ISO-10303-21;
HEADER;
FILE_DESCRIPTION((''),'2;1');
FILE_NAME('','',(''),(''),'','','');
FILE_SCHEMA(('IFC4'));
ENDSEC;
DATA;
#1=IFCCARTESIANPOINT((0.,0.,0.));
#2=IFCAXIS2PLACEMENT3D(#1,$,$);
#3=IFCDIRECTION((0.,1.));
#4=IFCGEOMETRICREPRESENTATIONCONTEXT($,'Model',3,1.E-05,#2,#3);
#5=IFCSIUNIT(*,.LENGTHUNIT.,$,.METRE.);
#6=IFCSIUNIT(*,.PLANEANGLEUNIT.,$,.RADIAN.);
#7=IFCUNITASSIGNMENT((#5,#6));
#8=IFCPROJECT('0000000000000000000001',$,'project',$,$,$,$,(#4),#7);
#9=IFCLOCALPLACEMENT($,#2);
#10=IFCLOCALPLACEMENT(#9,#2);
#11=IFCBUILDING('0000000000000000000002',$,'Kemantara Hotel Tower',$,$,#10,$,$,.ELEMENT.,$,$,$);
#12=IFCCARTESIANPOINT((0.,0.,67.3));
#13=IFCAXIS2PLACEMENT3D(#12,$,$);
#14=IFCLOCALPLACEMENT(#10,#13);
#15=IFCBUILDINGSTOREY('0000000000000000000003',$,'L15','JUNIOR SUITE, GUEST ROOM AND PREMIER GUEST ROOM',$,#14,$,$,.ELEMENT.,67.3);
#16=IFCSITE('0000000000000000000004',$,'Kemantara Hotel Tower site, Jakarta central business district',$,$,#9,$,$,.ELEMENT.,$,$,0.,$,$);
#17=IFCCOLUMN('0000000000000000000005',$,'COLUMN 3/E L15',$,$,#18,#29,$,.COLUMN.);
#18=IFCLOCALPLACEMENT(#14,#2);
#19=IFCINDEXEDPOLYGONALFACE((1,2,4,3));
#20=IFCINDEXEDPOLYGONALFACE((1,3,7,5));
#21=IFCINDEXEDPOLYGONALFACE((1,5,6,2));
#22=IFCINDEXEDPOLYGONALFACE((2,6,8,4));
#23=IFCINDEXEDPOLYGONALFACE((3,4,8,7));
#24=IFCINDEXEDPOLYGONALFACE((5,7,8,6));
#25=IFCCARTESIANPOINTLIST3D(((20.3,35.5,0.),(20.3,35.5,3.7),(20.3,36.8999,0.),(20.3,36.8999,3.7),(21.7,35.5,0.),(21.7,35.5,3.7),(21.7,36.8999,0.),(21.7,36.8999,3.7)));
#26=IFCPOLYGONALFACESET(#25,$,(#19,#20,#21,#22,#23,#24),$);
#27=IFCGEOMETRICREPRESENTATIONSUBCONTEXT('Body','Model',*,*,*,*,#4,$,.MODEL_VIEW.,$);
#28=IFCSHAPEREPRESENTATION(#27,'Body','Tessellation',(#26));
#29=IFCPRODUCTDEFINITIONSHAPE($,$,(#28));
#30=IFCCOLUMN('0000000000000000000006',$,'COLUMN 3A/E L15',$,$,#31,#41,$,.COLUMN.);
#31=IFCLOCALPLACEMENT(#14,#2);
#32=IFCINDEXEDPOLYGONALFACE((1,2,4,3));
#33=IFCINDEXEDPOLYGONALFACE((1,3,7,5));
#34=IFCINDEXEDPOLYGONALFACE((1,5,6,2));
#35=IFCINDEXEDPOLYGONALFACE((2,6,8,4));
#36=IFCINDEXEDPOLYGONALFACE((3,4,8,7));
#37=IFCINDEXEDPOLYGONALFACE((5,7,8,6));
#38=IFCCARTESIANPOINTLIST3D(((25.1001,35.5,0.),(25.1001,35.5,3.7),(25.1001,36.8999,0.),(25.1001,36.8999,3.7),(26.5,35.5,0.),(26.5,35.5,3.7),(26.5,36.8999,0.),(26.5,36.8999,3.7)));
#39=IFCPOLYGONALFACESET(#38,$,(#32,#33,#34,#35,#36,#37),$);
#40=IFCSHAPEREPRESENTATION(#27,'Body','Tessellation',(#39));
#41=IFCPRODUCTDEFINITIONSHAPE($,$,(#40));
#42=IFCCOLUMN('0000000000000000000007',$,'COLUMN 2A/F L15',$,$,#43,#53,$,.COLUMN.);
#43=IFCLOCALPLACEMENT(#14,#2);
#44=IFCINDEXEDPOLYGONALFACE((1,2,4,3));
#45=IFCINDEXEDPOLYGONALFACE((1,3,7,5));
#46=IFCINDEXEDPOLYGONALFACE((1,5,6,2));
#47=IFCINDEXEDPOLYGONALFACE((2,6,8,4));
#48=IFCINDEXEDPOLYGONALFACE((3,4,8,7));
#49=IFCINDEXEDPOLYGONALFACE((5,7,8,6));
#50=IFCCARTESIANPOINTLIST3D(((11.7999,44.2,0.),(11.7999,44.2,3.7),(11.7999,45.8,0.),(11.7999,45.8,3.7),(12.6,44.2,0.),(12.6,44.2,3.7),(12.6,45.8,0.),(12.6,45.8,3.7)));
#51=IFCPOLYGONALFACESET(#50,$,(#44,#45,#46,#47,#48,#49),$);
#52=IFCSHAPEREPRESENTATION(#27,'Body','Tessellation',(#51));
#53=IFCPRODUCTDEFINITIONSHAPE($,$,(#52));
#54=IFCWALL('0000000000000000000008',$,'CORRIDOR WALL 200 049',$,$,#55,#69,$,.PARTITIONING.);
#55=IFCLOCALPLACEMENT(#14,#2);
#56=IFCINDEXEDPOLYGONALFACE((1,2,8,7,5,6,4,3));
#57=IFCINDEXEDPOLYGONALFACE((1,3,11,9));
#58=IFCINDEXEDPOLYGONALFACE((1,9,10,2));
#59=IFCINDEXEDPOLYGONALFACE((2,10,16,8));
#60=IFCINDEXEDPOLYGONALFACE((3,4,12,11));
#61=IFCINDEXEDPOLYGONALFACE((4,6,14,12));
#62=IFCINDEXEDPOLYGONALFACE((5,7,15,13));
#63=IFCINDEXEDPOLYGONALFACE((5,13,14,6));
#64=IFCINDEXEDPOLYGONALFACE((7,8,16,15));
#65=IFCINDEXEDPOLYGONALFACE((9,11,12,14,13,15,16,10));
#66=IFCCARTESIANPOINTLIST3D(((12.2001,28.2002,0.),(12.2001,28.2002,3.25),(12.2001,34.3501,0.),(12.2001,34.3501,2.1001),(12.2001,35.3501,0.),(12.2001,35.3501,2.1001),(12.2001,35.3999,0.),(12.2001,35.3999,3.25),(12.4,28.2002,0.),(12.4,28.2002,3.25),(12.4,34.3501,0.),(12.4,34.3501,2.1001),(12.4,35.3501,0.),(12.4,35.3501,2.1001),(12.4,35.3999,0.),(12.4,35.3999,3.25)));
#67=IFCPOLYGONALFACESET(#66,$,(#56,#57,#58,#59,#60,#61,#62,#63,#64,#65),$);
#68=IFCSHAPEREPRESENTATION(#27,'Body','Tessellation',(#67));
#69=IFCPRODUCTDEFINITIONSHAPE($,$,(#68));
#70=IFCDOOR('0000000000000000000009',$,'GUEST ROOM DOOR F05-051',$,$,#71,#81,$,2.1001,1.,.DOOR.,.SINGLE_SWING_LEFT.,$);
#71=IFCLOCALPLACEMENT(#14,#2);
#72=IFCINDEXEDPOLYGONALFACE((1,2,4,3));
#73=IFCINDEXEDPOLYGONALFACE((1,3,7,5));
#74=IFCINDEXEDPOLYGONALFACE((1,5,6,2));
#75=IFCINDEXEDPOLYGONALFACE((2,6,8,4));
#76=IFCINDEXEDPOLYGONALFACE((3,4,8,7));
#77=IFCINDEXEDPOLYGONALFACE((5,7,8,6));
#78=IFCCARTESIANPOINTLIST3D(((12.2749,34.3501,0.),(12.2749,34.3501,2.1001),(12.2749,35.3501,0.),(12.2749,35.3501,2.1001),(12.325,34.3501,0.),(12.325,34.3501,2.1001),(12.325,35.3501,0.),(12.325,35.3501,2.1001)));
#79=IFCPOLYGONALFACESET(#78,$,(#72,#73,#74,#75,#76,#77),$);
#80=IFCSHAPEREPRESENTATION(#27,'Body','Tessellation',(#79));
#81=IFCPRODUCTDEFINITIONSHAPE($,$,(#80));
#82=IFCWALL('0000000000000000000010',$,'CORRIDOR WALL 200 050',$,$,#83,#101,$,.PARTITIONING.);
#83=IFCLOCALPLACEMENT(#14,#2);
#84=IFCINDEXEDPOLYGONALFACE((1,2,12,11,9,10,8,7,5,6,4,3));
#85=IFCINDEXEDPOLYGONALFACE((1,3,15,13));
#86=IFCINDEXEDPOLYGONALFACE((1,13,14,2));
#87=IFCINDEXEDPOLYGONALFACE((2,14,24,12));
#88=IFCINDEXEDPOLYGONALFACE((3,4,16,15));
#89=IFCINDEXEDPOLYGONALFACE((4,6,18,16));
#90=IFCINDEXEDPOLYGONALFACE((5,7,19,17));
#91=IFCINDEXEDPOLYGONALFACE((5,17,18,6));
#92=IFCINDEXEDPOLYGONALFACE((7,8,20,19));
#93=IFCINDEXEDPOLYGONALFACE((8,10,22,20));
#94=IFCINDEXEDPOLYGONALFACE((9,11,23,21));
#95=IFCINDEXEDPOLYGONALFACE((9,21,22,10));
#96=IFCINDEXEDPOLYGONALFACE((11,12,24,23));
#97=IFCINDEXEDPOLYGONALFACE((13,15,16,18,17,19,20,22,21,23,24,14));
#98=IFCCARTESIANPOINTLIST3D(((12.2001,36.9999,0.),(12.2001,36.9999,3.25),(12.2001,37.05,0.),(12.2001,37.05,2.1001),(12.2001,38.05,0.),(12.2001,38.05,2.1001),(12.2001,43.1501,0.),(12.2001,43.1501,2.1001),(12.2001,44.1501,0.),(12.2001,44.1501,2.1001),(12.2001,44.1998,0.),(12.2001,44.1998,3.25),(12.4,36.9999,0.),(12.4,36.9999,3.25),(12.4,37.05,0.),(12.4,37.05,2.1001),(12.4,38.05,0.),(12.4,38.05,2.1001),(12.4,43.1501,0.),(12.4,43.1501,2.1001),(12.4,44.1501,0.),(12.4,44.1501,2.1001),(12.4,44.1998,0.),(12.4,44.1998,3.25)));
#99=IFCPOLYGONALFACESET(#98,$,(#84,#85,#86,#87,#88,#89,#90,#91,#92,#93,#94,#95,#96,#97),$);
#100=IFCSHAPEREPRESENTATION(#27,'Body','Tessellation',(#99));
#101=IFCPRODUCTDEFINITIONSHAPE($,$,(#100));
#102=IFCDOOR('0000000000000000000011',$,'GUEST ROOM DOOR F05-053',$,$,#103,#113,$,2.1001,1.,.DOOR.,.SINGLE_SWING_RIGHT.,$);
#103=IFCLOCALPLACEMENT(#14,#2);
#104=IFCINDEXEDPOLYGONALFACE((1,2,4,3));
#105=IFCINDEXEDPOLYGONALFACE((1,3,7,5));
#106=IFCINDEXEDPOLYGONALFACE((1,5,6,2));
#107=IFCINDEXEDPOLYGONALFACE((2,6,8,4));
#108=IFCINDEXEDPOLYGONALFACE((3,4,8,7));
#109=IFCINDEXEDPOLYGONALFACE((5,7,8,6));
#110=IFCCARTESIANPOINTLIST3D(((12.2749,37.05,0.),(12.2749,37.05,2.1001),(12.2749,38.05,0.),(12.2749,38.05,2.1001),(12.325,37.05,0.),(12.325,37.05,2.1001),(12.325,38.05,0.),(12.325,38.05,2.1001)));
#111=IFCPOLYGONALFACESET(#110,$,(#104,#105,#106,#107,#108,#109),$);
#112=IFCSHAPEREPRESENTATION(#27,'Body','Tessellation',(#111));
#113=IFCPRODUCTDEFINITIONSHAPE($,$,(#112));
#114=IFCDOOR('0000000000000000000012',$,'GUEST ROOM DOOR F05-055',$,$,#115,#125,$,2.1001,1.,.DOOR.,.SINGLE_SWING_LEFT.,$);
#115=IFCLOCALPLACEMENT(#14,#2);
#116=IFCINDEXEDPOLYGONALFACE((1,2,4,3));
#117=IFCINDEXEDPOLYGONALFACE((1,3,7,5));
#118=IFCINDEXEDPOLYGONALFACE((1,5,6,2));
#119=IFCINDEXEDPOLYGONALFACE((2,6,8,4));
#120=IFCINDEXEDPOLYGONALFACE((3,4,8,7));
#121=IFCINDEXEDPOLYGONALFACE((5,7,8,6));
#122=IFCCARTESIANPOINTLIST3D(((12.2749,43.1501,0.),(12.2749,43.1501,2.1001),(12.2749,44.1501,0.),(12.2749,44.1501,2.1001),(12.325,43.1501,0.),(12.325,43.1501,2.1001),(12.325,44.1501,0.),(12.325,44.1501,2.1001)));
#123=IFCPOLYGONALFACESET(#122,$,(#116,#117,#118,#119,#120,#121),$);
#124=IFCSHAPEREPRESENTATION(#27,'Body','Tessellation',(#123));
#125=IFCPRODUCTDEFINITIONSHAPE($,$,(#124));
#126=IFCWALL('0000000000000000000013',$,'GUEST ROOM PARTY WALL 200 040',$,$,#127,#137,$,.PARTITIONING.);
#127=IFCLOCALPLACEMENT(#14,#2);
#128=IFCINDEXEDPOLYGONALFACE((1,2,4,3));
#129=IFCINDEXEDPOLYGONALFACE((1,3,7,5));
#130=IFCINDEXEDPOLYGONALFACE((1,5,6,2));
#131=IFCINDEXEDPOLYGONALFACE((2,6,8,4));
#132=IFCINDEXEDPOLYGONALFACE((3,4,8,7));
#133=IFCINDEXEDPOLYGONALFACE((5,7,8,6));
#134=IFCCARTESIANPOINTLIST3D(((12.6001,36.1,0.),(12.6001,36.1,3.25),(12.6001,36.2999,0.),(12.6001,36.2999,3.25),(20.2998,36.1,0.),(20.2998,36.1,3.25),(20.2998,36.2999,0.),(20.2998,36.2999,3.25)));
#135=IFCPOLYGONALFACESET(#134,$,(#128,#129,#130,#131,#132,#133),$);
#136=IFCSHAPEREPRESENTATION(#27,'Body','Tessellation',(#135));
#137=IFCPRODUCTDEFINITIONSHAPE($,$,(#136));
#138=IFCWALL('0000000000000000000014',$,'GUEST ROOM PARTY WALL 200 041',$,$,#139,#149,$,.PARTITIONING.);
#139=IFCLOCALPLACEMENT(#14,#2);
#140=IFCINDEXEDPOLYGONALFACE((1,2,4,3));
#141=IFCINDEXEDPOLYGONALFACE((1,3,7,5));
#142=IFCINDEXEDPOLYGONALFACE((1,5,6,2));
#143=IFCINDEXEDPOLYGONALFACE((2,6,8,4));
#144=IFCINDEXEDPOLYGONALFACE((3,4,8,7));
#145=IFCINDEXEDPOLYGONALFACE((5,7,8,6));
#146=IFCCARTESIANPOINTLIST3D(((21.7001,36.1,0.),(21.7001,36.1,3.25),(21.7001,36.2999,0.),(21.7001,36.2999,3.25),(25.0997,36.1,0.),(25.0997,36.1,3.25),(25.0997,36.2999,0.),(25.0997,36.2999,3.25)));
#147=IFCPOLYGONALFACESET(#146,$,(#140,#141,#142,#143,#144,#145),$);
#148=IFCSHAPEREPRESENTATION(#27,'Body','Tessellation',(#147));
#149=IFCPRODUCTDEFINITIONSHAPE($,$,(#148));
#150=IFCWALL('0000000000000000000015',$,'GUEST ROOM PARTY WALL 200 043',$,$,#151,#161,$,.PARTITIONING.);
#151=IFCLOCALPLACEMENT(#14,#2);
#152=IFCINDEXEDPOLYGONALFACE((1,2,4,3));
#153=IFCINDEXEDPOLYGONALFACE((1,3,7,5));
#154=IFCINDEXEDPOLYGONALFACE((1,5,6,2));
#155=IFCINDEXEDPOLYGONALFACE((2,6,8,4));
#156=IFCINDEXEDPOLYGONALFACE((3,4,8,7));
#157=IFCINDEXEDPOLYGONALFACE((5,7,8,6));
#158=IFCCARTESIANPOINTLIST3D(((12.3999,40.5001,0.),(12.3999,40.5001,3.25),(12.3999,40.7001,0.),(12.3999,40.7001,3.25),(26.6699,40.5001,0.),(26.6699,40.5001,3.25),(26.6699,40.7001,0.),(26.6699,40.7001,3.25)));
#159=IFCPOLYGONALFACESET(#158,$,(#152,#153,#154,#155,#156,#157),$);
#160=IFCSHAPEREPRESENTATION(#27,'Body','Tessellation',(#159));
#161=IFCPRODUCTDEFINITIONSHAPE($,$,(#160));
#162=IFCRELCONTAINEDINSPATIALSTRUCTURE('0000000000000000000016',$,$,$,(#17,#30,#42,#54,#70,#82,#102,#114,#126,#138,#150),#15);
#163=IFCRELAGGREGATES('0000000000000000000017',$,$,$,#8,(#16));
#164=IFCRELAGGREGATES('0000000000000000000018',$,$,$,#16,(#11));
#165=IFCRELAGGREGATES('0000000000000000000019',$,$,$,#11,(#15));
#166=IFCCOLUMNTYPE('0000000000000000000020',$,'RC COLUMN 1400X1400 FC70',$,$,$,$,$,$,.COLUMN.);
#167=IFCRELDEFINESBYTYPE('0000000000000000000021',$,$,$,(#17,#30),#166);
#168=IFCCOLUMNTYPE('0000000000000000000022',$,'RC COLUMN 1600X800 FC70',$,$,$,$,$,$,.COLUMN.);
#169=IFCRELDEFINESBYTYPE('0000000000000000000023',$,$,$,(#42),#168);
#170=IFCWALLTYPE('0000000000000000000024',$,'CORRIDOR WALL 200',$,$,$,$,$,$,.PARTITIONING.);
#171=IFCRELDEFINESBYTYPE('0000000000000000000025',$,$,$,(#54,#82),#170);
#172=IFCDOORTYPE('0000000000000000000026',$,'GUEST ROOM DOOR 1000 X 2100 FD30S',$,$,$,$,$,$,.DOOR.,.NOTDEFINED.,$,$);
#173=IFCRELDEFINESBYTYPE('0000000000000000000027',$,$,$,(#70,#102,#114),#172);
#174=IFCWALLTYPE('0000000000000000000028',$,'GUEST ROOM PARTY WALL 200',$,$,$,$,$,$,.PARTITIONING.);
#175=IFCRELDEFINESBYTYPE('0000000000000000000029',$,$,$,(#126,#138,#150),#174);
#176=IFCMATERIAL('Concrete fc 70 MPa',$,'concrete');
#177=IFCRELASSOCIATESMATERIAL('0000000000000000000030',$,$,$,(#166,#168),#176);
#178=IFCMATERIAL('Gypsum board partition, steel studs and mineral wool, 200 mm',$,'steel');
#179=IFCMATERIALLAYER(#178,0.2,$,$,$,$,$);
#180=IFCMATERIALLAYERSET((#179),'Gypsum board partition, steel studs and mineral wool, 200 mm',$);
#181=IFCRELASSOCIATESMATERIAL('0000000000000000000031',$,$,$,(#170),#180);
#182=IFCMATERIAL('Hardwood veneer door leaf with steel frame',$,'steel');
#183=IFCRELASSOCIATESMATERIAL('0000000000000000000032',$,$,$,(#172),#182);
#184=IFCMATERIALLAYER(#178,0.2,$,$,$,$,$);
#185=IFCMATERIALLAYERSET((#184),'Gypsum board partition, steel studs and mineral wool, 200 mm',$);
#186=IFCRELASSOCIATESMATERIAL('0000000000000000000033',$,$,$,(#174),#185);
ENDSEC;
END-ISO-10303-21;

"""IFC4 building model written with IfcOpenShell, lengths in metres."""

from ifc_helpers import new_model, si_unit, direction, frame, frame_2d, origin, origin_2d, place, context, subcontext, project, spatial, rectangle, extrude, material, layer, layer_set, material_profile, profile_set, type_object, element, fill, save


model = new_model("IFC4")

# Units and contexts
model_context = context("Model", 3, precision=1e-05, world=origin(), true_north=direction((0.0, 1.0)))
body_context = subcontext(model_context, "Body", "Model", "MODEL_VIEW")
ifc_project = project(units=[si_unit("LENGTHUNIT", "METRE"), si_unit("PLANEANGLEUNIT", "RADIAN")], contexts=[model_context])

# Site, building, storey
site_placement = place(None, origin())
site = spatial("IfcSite", under=ifc_project, at=site_placement, Name="Kemantara Hotel Tower site, Jakarta central business district", CompositionType="ELEMENT", RefElevation=0.0)
building_placement = place(site_placement, origin())
building = spatial("IfcBuilding", under=site, at=building_placement, Name="Kemantara Hotel Tower", CompositionType="ELEMENT")
storey_placement = place(building_placement, frame((0.0, 0.0, 67.3)))
storey = spatial("IfcBuildingStorey", under=building, at=storey_placement, Name="L15", Description="JUNIOR SUITE, GUEST ROOM AND PREMIER GUEST ROOM", CompositionType="ELEMENT", Elevation=67.3)

# Columns
ifc_material_1 = material(Name="Concrete fc 70 MPa", Category="concrete")
ifc_material_profile_1 = material_profile(ifc_material_1, rectangle(XDim=1.3999, YDim=1.3999, at=origin_2d()), Name="RC 1400X1400")
ifc_profile_set_1 = profile_set([ifc_material_profile_1], Name="Concrete fc 70 MPa")
column_type_1 = type_object("IfcColumnType", Name="RC COLUMN 1400X1400 FC70", PredefinedType="COLUMN", material=ifc_profile_set_1)
for number, where, z_axis, x_axis, name in (
    (1, (21.0, 36.2, 0.0), (0.0, 0.0, 1.0), (1.0, 0.0, 0.0), "COLUMN 3/E L15"),
    (2, (25.8, 36.2, 0.0), (0.0, 0.0, 1.0), (1.0, 0.0, 0.0), "COLUMN 3A/E L15"),
):
    element("IfcColumn", number, at=place(storey_placement, frame(where, z_axis=z_axis, x_axis=x_axis)), inside=storey, type_object=column_type_1, Name=name, PredefinedType="COLUMN", context=body_context, shape_type="SweptSolid", body=[
        extrude(rectangle(XDim=1.3999, YDim=1.3999, at=origin_2d()), origin(), (0.0, 0.0, 1.0), 3.7),
    ])
ifc_material_profile_2 = material_profile(ifc_material_1, rectangle(XDim=1.6001, YDim=0.8, at=origin_2d()), Name="RC 1600X800")
ifc_profile_set_2 = profile_set([ifc_material_profile_2], Name="Concrete fc 70 MPa")
column_type_2 = type_object("IfcColumnType", Name="RC COLUMN 1600X800 FC70", PredefinedType="COLUMN", material=ifc_profile_set_2)
column_placement = place(storey_placement, frame((12.2, 45.0, 0.0), z_axis=(0.0, 0.0, 1.0), x_axis=(0.0, 1.0, 0.0)))
element("IfcColumn", 3, at=column_placement, inside=storey, type_object=column_type_2, Name="COLUMN 2A/F L15", PredefinedType="COLUMN", context=body_context, shape_type="SweptSolid", body=[
    extrude(rectangle(XDim=1.6001, YDim=0.8, at=origin_2d()), origin(), (0.0, 0.0, 1.0), 3.7),
])

# Wall, opening, door
ifc_material_2 = material(Name="Gypsum board partition, steel studs and mineral wool, 200 mm", Category="steel")
ifc_layer_1 = layer(ifc_material_2, 0.2)
ifc_layer_set_1 = layer_set([ifc_layer_1], Name="Gypsum board partition, steel studs and mineral wool, 200 mm")
wall_type_1 = type_object("IfcWallType", Name="CORRIDOR WALL 200", PredefinedType="PARTITIONING", material=ifc_layer_set_1)
wall_1_placement = place(storey_placement, frame((12.3, 35.3999, 0.0), z_axis=(0.0, 0.0, 1.0), x_axis=(0.0, -1.0, 0.0)))
wall_1 = element("IfcWall", 4, at=wall_1_placement, inside=storey, type_object=wall_type_1, Name="CORRIDOR WALL 200 049", PredefinedType="PARTITIONING", context=body_context, shape_type="SweptSolid", body=[
    extrude(rectangle(XDim=7.1997, YDim=0.2, at=frame_2d((3.5999, 0.0))), origin(), (0.0, 0.0, 1.0), 3.25),
])
opening_1_placement = place(wall_1_placement, frame((0.0498, 0.0, 0.0)))
opening_1 = element("IfcOpeningElement", 5, at=opening_1_placement, cuts=wall_1, PredefinedType="OPENING", context=body_context, shape_type="SweptSolid", body=[
    extrude(rectangle(XDim=1.0, YDim=2.1001, at=frame_2d((0.5, 1.05))), frame((0.0, 0.1099, 0.0), z_axis=(0.0, -1.0, 0.0), x_axis=(1.0, 0.0, 0.0)), (0.0, 0.0, 1.0), 0.22),
])
ifc_material_3 = material(Name="Hardwood veneer door leaf with steel frame", Category="steel")
door_type_1 = type_object("IfcDoorType", Name="GUEST ROOM DOOR 1000 X 2100 FD30S", OperationType="NOTDEFINED", PredefinedType="DOOR", material=ifc_material_3)
door_1_placement = place(opening_1_placement, origin())
door_1 = element("IfcDoor", 6, at=door_1_placement, inside=storey, type_object=door_type_1, Name="GUEST ROOM DOOR F05-051", OperationType="SINGLE_SWING_LEFT", OverallHeight=2.1001, OverallWidth=1.0, PredefinedType="DOOR", context=body_context, shape_type="SweptSolid", body=[
    extrude(rectangle(XDim=1.0, YDim=2.1001, at=frame_2d((0.5, 1.05))), frame((0.0, 0.0249, 0.0), z_axis=(0.0, -1.0, 0.0), x_axis=(1.0, 0.0, 0.0)), (0.0, 0.0, 1.0), 0.05),
])
fill(opening_1, door_1)

# Wall, openings, doors
wall_2_placement = place(storey_placement, frame((12.3, 44.2, 0.0), z_axis=(0.0, 0.0, 1.0), x_axis=(0.0, -1.0, 0.0)))
wall_2 = element("IfcWall", 7, at=wall_2_placement, inside=storey, type_object=wall_type_1, Name="CORRIDOR WALL 200 050", PredefinedType="PARTITIONING", context=body_context, shape_type="SweptSolid", body=[
    extrude(rectangle(XDim=7.2, YDim=0.2, at=frame_2d((3.6001, 0.0))), origin(), (0.0, 0.0, 1.0), 3.25),
])
opening_2_placement = place(wall_2_placement, frame((6.1499, 0.0, 0.0)))
opening_2 = element("IfcOpeningElement", 8, at=opening_2_placement, cuts=wall_2, PredefinedType="OPENING", context=body_context, shape_type="SweptSolid", body=[
    extrude(rectangle(XDim=1.0, YDim=2.1001, at=frame_2d((0.5, 1.05))), frame((0.0, 0.1099, 0.0), z_axis=(0.0, -1.0, 0.0), x_axis=(1.0, 0.0, 0.0)), (0.0, 0.0, 1.0), 0.22),
])
opening_3_placement = place(wall_2_placement, frame((0.0498, 0.0, 0.0)))
opening_3 = element("IfcOpeningElement", 9, at=opening_3_placement, cuts=wall_2, PredefinedType="OPENING", context=body_context, shape_type="SweptSolid", body=[
    extrude(rectangle(XDim=1.0, YDim=2.1001, at=frame_2d((0.5, 1.05))), frame((0.0, 0.1099, 0.0), z_axis=(0.0, -1.0, 0.0), x_axis=(1.0, 0.0, 0.0)), (0.0, 0.0, 1.0), 0.22),
])
door_2_placement = place(opening_2_placement, origin())
door_2 = element("IfcDoor", 10, at=door_2_placement, inside=storey, type_object=door_type_1, Name="GUEST ROOM DOOR F05-053", OperationType="SINGLE_SWING_RIGHT", OverallHeight=2.1001, OverallWidth=1.0, PredefinedType="DOOR", context=body_context, shape_type="SweptSolid", body=[
    extrude(rectangle(XDim=1.0, YDim=2.1001, at=frame_2d((0.5, 1.05))), frame((0.0, 0.0249, 0.0), z_axis=(0.0, -1.0, 0.0), x_axis=(1.0, 0.0, 0.0)), (0.0, 0.0, 1.0), 0.05),
])
fill(opening_2, door_2)
door_3_placement = place(opening_3_placement, origin())
door_3 = element("IfcDoor", 11, at=door_3_placement, inside=storey, type_object=door_type_1, Name="GUEST ROOM DOOR F05-055", OperationType="SINGLE_SWING_LEFT", OverallHeight=2.1001, OverallWidth=1.0, PredefinedType="DOOR", context=body_context, shape_type="SweptSolid", body=[
    extrude(rectangle(XDim=1.0, YDim=2.1001, at=frame_2d((0.5, 1.05))), frame((0.0, 0.0249, 0.0), z_axis=(0.0, -1.0, 0.0), x_axis=(1.0, 0.0, 0.0)), (0.0, 0.0, 1.0), 0.05),
])
fill(opening_3, door_3)

# Walls
ifc_layer_2 = layer(ifc_material_2, 0.2)
ifc_layer_set_2 = layer_set([ifc_layer_2], Name="Gypsum board partition, steel studs and mineral wool, 200 mm")
wall_type_2 = type_object("IfcWallType", Name="GUEST ROOM PARTY WALL 200", PredefinedType="PARTITIONING", material=ifc_layer_set_2)
wall_3_placement = place(storey_placement, frame((12.6001, 36.2, 0.0), z_axis=(0.0, 0.0, 1.0), x_axis=(1.0, 0.0, 0.0)))
element("IfcWall", 12, at=wall_3_placement, inside=storey, type_object=wall_type_2, Name="GUEST ROOM PARTY WALL 200 040", PredefinedType="PARTITIONING", context=body_context, shape_type="SweptSolid", body=[
    extrude(rectangle(XDim=7.6997, YDim=0.2, at=frame_2d((3.8499, 0.0))), origin(), (0.0, 0.0, 1.0), 3.25),
])
wall_4_placement = place(storey_placement, frame((21.7002, 36.2, 0.0), z_axis=(0.0, 0.0, 1.0), x_axis=(1.0, 0.0, 0.0)))
element("IfcWall", 13, at=wall_4_placement, inside=storey, type_object=wall_type_2, Name="GUEST ROOM PARTY WALL 200 041", PredefinedType="PARTITIONING", context=body_context, shape_type="SweptSolid", body=[
    extrude(rectangle(XDim=3.3997, YDim=0.2, at=frame_2d((1.6997, 0.0))), origin(), (0.0, 0.0, 1.0), 3.25),
])
wall_5_placement = place(storey_placement, frame((12.3999, 40.6001, 0.0), z_axis=(0.0, 0.0, 1.0), x_axis=(1.0, 0.0, 0.0)))
element("IfcWall", 14, at=wall_5_placement, inside=storey, type_object=wall_type_2, Name="GUEST ROOM PARTY WALL 200 043", PredefinedType="PARTITIONING", context=body_context, shape_type="SweptSolid", body=[
    extrude(rectangle(XDim=14.27, YDim=0.2, at=frame_2d((7.135, 0.0))), origin(), (0.0, 0.0, 1.0), 3.25),
])

save(model, "model.ifc")
